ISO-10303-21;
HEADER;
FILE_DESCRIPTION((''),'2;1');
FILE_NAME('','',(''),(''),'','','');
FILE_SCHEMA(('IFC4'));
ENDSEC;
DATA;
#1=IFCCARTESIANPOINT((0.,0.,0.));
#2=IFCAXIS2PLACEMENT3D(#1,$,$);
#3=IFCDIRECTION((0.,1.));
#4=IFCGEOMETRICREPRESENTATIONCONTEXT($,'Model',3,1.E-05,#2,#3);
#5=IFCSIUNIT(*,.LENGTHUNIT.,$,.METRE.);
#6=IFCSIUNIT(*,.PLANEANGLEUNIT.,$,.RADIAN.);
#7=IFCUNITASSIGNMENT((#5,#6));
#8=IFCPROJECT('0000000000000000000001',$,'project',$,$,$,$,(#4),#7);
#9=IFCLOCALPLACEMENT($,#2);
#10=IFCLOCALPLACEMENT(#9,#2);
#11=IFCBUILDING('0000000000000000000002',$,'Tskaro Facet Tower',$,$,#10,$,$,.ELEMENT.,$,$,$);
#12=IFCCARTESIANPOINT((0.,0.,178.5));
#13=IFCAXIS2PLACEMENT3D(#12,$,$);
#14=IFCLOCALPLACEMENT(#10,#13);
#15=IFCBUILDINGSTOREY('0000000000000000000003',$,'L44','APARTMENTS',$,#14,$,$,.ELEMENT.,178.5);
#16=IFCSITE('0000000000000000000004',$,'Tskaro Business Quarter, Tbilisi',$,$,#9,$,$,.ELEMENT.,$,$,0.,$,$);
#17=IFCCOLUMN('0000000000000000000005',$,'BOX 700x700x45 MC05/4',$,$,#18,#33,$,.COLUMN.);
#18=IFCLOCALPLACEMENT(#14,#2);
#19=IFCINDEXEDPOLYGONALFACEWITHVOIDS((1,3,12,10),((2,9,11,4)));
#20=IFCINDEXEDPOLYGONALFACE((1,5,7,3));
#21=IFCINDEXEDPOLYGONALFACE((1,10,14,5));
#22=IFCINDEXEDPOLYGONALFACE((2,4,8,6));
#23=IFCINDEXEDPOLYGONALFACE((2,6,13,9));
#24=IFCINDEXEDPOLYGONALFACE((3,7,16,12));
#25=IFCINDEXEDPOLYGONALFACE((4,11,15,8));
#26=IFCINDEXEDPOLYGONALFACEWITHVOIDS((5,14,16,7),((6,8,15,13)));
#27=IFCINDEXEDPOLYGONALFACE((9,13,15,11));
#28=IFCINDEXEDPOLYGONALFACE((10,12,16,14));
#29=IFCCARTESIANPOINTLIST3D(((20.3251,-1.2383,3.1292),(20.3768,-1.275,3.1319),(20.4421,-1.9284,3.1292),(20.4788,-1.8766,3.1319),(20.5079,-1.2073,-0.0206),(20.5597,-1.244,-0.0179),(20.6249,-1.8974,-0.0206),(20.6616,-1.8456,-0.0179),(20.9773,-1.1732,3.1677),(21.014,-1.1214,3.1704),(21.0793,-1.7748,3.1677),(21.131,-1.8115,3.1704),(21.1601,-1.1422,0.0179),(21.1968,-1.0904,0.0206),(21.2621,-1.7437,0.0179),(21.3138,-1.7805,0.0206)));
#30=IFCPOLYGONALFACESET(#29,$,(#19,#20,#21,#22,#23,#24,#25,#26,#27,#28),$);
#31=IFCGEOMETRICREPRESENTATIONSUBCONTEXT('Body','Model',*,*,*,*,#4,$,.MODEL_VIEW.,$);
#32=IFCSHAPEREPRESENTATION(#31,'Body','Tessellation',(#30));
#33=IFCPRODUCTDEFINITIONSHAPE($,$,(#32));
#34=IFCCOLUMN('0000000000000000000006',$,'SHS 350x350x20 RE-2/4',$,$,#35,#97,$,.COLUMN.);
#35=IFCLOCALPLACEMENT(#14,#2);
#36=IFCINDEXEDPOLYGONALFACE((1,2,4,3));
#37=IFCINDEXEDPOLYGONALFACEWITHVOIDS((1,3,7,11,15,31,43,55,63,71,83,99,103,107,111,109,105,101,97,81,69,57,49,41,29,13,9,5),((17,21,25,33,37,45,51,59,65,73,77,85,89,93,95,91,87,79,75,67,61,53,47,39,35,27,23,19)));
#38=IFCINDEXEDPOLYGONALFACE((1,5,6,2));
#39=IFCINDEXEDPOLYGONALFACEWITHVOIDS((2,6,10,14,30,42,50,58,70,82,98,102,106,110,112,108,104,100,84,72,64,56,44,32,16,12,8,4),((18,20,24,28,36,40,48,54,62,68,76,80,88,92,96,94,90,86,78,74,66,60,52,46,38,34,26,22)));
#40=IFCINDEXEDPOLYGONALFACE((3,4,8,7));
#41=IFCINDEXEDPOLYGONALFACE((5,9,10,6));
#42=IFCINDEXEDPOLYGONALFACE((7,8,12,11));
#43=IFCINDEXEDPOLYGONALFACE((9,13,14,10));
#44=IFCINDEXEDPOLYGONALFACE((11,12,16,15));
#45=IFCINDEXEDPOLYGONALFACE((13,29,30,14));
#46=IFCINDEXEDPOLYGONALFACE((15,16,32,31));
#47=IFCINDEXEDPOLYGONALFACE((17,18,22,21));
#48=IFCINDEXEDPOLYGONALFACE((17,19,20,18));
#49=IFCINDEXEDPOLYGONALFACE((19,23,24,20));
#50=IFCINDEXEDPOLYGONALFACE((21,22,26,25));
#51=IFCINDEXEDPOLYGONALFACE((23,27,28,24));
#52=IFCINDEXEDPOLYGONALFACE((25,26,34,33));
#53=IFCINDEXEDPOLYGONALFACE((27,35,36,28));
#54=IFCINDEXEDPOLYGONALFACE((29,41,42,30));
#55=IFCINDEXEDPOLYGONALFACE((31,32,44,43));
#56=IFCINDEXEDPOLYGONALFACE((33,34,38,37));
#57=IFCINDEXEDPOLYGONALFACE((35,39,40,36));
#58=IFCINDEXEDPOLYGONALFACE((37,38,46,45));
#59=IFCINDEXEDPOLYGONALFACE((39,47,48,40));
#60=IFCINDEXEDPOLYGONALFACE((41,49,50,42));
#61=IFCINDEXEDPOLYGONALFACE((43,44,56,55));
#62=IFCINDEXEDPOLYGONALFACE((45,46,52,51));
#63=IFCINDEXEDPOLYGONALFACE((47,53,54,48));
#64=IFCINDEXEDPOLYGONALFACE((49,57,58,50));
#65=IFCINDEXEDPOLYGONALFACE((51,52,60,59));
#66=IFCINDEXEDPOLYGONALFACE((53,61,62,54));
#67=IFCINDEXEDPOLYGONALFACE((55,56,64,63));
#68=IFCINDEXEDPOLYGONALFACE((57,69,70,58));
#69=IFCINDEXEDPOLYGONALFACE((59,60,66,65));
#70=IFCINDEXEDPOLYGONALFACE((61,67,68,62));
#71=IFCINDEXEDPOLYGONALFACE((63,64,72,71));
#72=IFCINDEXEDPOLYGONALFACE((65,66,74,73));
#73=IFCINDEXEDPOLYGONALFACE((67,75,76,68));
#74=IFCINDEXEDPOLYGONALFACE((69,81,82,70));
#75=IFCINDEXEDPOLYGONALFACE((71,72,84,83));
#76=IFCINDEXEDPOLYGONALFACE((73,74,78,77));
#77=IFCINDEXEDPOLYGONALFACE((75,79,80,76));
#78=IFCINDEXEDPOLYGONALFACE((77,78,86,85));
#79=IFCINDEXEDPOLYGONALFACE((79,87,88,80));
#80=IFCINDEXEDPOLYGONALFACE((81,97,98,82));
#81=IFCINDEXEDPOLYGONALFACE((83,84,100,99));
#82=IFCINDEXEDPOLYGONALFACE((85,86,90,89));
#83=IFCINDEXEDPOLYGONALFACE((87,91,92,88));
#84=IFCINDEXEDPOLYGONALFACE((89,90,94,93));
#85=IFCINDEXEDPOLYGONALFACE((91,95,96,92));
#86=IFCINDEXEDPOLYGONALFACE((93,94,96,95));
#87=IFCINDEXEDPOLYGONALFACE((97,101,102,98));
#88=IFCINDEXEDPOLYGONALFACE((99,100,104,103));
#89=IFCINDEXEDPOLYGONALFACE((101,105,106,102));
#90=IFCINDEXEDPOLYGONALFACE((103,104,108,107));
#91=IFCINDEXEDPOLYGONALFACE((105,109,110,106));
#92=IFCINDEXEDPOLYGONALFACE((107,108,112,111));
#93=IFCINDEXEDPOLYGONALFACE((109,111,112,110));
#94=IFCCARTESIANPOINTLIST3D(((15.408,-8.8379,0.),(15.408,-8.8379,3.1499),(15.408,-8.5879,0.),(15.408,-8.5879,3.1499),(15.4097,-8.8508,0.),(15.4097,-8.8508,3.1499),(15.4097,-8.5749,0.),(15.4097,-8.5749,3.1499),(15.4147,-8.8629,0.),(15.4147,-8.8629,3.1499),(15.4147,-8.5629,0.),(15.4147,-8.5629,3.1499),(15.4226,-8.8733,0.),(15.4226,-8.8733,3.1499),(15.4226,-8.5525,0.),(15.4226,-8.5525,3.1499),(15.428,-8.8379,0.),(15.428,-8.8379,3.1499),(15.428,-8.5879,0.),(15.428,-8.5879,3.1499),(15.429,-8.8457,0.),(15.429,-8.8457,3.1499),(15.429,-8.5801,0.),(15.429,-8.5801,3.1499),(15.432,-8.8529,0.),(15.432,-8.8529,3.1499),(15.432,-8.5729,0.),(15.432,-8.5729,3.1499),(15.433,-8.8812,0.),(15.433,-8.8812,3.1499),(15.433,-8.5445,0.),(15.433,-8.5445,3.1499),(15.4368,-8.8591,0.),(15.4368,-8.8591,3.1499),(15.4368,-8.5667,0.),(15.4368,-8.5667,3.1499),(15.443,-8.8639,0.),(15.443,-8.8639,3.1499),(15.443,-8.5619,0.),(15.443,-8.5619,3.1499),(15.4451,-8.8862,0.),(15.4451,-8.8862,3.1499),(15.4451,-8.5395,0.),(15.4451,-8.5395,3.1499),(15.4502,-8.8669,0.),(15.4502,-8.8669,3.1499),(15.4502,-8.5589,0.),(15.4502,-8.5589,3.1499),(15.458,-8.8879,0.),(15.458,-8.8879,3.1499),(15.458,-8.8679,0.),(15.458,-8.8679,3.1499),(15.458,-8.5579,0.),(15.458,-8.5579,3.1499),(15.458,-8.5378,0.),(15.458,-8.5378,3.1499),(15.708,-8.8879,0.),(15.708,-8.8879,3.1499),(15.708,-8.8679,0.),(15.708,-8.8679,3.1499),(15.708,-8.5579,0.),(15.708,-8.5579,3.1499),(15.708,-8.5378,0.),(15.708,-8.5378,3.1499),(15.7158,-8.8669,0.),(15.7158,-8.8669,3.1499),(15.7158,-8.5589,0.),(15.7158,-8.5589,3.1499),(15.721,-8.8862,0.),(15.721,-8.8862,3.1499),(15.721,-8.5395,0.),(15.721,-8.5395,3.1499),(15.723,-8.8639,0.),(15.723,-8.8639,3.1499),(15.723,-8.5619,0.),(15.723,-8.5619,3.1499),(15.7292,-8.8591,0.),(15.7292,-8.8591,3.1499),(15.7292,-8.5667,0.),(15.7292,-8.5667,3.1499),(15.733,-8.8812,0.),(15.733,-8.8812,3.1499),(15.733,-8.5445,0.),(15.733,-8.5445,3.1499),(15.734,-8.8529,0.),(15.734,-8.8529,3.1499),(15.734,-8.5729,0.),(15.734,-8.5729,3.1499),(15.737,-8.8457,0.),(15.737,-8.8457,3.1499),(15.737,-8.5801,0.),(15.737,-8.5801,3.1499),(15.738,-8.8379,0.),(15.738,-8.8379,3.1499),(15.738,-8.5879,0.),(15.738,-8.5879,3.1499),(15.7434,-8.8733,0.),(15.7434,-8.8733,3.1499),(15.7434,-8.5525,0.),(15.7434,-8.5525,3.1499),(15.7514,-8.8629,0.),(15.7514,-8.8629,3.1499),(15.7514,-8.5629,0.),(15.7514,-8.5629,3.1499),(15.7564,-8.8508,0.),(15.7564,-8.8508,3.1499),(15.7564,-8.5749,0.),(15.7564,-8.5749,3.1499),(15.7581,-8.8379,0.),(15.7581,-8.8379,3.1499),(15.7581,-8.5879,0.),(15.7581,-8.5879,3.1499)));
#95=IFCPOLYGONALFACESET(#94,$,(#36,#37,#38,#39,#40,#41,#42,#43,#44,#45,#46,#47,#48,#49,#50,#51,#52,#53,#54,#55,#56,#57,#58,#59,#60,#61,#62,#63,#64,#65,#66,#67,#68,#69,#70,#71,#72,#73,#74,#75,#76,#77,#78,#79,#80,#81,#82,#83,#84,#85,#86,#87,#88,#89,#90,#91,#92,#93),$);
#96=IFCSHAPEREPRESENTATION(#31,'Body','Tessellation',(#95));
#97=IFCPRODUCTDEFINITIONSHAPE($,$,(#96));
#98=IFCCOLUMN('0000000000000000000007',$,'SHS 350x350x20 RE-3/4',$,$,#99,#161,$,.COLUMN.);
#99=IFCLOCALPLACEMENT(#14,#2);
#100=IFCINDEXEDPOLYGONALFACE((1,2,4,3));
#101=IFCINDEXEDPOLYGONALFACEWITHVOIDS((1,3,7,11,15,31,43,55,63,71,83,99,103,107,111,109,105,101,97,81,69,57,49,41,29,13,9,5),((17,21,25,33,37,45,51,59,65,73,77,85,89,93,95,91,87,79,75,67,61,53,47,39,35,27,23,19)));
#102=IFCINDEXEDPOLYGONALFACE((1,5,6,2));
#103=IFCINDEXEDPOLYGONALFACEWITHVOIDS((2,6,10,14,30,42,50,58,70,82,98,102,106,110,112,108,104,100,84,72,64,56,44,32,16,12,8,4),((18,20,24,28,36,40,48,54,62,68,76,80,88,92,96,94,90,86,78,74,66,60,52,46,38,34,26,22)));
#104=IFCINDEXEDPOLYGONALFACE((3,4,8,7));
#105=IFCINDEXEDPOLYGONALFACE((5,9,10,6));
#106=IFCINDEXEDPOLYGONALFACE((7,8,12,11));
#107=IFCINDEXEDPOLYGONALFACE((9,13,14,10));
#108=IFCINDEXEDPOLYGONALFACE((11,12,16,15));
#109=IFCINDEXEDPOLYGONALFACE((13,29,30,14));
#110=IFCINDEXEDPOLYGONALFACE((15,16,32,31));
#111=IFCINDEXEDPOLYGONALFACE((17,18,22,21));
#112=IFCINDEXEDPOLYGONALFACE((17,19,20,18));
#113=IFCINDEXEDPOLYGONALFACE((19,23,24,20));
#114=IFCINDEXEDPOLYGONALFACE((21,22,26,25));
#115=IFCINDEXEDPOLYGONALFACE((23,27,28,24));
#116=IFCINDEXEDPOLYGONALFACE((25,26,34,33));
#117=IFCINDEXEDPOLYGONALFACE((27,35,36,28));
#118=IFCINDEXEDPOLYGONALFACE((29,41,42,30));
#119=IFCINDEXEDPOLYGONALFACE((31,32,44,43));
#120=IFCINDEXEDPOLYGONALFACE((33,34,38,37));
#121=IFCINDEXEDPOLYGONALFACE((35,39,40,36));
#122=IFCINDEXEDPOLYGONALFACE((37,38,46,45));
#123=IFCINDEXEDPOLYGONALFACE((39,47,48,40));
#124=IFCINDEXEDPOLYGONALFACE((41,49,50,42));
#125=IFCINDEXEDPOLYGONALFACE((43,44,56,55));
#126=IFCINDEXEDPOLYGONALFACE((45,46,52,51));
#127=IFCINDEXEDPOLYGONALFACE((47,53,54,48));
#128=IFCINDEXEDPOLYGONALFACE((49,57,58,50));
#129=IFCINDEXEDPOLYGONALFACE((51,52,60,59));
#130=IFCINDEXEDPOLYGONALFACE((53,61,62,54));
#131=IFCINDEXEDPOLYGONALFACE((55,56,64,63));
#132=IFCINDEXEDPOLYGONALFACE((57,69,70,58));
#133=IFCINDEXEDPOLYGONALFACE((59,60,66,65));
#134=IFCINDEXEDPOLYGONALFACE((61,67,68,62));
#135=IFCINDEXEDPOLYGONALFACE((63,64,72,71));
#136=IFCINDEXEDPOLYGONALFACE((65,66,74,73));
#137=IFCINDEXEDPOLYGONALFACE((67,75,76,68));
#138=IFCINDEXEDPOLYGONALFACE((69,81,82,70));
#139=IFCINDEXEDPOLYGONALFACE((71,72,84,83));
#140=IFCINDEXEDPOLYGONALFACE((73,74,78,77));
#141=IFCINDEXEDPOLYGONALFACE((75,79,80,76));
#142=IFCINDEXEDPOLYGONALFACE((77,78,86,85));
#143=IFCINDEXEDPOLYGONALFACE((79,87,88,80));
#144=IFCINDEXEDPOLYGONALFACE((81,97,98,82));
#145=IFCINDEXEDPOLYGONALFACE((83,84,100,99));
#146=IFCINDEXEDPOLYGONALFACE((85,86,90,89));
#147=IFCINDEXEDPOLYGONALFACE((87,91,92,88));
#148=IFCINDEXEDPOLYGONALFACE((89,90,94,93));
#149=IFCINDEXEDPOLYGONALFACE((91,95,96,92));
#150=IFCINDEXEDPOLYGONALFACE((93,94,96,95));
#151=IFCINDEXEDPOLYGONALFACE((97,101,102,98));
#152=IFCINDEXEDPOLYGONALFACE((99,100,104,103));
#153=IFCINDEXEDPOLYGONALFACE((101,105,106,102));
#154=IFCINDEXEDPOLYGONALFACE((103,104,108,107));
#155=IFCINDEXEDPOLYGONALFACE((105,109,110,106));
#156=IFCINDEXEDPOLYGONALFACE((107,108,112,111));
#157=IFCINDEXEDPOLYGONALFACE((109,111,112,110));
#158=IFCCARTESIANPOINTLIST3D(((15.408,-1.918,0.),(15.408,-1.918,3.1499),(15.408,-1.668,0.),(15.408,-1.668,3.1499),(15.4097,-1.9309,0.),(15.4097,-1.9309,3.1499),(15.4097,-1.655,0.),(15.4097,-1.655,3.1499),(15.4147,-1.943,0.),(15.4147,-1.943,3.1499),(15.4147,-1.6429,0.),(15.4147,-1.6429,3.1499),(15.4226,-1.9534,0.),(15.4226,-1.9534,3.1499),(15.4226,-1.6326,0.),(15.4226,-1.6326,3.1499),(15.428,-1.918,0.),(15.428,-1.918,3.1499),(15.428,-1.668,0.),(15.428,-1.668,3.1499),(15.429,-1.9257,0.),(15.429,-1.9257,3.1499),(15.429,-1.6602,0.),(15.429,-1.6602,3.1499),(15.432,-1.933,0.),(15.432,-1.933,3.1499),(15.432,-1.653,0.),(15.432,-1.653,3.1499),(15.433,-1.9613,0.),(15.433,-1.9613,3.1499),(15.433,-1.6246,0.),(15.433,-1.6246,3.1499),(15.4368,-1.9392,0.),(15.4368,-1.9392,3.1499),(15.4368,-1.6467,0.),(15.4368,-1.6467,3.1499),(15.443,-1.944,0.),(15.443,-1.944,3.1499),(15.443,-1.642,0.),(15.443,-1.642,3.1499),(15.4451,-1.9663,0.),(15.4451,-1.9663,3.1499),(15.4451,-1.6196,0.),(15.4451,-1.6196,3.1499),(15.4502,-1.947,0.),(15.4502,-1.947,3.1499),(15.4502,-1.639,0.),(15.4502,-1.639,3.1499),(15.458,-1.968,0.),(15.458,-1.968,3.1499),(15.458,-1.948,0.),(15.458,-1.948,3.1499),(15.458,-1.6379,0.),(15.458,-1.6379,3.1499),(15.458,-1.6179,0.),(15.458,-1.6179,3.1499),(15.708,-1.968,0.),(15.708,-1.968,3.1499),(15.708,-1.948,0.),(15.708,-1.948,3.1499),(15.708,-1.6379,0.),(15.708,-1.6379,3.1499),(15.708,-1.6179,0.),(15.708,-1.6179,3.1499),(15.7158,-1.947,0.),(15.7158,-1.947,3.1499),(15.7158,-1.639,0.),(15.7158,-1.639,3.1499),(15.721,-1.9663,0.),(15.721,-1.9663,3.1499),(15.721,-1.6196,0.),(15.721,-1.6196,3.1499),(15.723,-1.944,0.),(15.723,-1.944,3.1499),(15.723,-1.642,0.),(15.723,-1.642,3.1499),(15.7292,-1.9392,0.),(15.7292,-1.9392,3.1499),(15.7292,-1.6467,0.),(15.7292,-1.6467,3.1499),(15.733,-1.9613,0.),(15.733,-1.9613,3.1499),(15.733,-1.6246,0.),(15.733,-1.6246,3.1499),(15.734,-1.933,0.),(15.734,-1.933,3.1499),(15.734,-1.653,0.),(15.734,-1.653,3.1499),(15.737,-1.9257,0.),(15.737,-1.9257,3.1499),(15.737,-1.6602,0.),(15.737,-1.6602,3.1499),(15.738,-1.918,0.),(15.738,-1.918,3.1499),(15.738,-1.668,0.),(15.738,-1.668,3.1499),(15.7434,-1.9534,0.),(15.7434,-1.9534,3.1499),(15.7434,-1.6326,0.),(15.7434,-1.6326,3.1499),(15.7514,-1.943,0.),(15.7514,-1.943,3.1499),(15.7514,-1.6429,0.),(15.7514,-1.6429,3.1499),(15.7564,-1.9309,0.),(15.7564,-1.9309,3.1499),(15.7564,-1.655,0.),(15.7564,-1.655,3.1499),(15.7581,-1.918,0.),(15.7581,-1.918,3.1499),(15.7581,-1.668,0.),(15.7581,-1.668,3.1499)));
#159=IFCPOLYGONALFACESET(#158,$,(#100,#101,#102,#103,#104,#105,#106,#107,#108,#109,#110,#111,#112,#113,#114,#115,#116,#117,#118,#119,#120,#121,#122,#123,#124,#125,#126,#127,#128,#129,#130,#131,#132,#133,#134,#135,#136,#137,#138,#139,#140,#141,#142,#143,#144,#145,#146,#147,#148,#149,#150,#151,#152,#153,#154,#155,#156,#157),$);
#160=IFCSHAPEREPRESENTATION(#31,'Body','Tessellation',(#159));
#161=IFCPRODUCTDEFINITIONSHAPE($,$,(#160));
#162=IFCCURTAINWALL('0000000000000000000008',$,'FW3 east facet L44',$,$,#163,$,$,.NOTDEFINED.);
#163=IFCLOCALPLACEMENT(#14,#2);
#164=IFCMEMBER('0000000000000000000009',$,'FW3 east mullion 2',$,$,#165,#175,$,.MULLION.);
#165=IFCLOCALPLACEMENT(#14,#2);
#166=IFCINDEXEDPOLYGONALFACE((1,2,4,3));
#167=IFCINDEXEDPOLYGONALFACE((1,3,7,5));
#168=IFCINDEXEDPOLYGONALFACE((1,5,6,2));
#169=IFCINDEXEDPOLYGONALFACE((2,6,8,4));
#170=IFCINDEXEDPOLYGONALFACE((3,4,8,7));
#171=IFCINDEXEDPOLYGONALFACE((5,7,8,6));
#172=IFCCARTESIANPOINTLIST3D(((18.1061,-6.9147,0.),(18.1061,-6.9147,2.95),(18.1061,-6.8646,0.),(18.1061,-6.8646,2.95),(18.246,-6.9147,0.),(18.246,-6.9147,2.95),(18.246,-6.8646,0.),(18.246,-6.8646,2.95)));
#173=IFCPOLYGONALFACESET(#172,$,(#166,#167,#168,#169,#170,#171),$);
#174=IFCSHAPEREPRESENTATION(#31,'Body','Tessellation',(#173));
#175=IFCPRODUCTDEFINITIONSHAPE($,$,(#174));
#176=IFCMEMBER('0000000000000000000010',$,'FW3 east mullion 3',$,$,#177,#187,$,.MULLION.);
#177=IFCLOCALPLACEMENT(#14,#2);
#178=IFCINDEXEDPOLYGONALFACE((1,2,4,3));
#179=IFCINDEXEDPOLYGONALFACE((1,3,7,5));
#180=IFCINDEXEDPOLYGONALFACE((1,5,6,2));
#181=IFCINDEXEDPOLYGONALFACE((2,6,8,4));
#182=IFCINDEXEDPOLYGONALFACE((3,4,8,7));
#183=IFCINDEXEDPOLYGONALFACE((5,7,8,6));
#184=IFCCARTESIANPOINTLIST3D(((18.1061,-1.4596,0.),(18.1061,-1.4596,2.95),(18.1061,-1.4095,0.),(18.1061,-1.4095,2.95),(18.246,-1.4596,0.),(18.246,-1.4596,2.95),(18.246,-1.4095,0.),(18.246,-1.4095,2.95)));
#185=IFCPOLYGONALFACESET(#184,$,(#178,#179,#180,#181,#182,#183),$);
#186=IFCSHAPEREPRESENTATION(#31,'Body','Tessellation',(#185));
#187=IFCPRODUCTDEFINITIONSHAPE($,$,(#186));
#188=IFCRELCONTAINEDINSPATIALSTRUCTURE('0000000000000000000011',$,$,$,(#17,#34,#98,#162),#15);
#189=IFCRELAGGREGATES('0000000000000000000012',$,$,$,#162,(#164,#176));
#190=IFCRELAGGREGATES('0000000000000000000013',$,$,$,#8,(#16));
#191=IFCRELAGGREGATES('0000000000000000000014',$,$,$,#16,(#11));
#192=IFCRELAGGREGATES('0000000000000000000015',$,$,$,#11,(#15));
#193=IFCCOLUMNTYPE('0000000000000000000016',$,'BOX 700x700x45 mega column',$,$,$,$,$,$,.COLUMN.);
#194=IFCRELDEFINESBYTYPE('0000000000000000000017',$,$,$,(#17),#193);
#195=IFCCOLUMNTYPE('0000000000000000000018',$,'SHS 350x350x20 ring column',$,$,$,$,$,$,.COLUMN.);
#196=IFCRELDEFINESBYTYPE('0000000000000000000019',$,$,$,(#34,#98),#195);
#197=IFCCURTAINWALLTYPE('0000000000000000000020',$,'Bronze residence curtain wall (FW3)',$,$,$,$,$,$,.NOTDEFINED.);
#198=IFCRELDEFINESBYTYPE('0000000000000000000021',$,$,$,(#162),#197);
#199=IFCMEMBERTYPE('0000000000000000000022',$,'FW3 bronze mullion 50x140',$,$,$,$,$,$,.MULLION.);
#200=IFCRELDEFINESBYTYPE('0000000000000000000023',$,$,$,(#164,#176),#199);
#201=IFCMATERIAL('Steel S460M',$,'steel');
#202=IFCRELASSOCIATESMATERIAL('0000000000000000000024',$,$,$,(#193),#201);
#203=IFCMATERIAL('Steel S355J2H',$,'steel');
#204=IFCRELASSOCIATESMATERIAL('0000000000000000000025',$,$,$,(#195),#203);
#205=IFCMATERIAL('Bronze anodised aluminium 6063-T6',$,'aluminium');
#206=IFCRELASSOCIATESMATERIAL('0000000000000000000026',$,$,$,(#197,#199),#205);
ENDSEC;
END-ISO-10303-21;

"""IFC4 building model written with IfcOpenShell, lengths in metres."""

from ifc_helpers import new_model, si_unit, direction, frame, origin, origin_2d, place, context, subcontext, project, spatial, rectangle, hollow_rectangle, extrude, material, material_profile, profile_set, type_object, element, aggregate, save


model = new_model("IFC4")

# Units and contexts
model_context = context("Model", 3, precision=1e-05, world=origin(), true_north=direction((0.0, 1.0)))
body_context = subcontext(model_context, "Body", "Model", "MODEL_VIEW")
ifc_project = project(units=[si_unit("LENGTHUNIT", "METRE"), si_unit("PLANEANGLEUNIT", "RADIAN")], contexts=[model_context])

# Site, building, storey
site_placement = place(None, origin())
site = spatial("IfcSite", under=ifc_project, at=site_placement, Name="Tskaro Business Quarter, Tbilisi", CompositionType="ELEMENT", RefElevation=0.0)
building_placement = place(site_placement, origin())
building = spatial("IfcBuilding", under=site, at=building_placement, Name="Tskaro Facet Tower", CompositionType="ELEMENT")
storey_placement = place(building_placement, frame((0.0, 0.0, 178.5)))
storey = spatial("IfcBuildingStorey", under=building, at=storey_placement, Name="L44", Description="APARTMENTS", CompositionType="ELEMENT", Elevation=178.5)

# Columns
ifc_material_1 = material(Name="Steel S460M", Category="steel")
ifc_material_profile_1 = material_profile(ifc_material_1, hollow_rectangle(XDim=0.7, YDim=0.7, WallThickness=0.0449, at=origin_2d()), Name="BOX 700x700x45")
ifc_profile_set_1 = profile_set([ifc_material_profile_1], Name="Steel S460M")
column_type_1 = type_object("IfcColumnType", Name="BOX 700x700x45 mega column", PredefinedType="COLUMN", material=ifc_profile_set_1)
column_placement = place(storey_placement, frame((20.9109, -1.4939, 0.0), z_axis=(-0.057953, -0.009826, 0.998271), x_axis=(0.167173, -0.985928, 0.0)))
element("IfcColumn", 1, at=column_placement, inside=storey, type_object=column_type_1, Name="BOX 700x700x45 MC05/4", PredefinedType="COLUMN", context=body_context, shape_type="SweptSolid", body=[
    extrude(hollow_rectangle(XDim=0.7, YDim=0.7, WallThickness=0.0449, at=origin_2d()), origin(), (0.0, 0.0, 1.0), 3.1553),
])
ifc_material_2 = material(Name="Steel S355J2H", Category="steel")
ifc_material_profile_2 = material_profile(ifc_material_2, hollow_rectangle(XDim=0.3501, YDim=0.3501, WallThickness=0.02, InnerFilletRadius=0.03, OuterFilletRadius=0.05, at=origin_2d()), Name="SHS 350x350x20")
ifc_profile_set_2 = profile_set([ifc_material_profile_2], Name="Steel S355J2H")
column_type_2 = type_object("IfcColumnType", Name="SHS 350x350x20 ring column", PredefinedType="COLUMN", material=ifc_profile_set_2)
for number, where, z_axis, x_axis, name in (
    (2, (15.583, -8.7129, 0.0), (0.0, 0.0, 1.0), (1.0, 0.0, 0.0), "SHS 350x350x20 RE-2/4"),
    (3, (15.583, -1.793, 0.0), (0.0, 0.0, 1.0), (1.0, 0.0, 0.0), "SHS 350x350x20 RE-3/4"),
):
    element("IfcColumn", number, at=place(storey_placement, frame(where, z_axis=z_axis, x_axis=x_axis)), inside=storey, type_object=column_type_2, Name=name, PredefinedType="COLUMN", context=body_context, shape_type="SweptSolid", body=[
        extrude(hollow_rectangle(XDim=0.3501, YDim=0.3501, WallThickness=0.02, InnerFilletRadius=0.03, OuterFilletRadius=0.05, at=origin_2d()), origin(), (0.0, 0.0, 1.0), 3.1499),
    ])

# Curtain wall, members
ifc_material_3 = material(Name="Bronze anodised aluminium 6063-T6", Category="aluminium")
curtain_wall_type = type_object("IfcCurtainWallType", Name="Bronze residence curtain wall (FW3)", PredefinedType="NOTDEFINED", material=ifc_material_3)
curtain_wall_placement = place(storey_placement, origin())
curtain_wall = element("IfcCurtainWall", 4, at=curtain_wall_placement, inside=storey, type_object=curtain_wall_type, Name="FW3 east facet L44", PredefinedType="NOTDEFINED")
ifc_material_profile_3 = material_profile(ifc_material_3, rectangle(XDim=0.05, YDim=0.1399, at=origin_2d()), Name="Mullion 50x140")
ifc_profile_set_3 = profile_set([ifc_material_profile_3], Name="Bronze anodised aluminium 6063-T6")
member_type_1 = type_object("IfcMemberType", Name="FW3 bronze mullion 50x140", PredefinedType="MULLION", material=ifc_profile_set_3)
member_1_placement = place(storey_placement, frame((18.176, -6.8896, 0.0), z_axis=(0.0, 0.0, 1.0), x_axis=(0.0, 1.0, 0.0)))
member_1 = element("IfcMember", 5, at=member_1_placement, type_object=member_type_1, Name="FW3 east mullion 2", PredefinedType="MULLION", context=body_context, shape_type="SweptSolid", body=[
    extrude(rectangle(XDim=0.05, YDim=0.1399, at=origin_2d()), origin(), (0.0, 0.0, 1.0), 2.95),
])
member_2_placement = place(storey_placement, frame((18.176, -1.4346, 0.0), z_axis=(0.0, 0.0, 1.0), x_axis=(0.0, 1.0, 0.0)))
member_2 = element("IfcMember", 6, at=member_2_placement, type_object=member_type_1, Name="FW3 east mullion 3", PredefinedType="MULLION", context=body_context, shape_type="SweptSolid", body=[
    extrude(rectangle(XDim=0.05, YDim=0.1399, at=origin_2d()), origin(), (0.0, 0.0, 1.0), 2.95),
])

aggregate(curtain_wall, [member_1, member_2])

save(model, "model.ifc")
